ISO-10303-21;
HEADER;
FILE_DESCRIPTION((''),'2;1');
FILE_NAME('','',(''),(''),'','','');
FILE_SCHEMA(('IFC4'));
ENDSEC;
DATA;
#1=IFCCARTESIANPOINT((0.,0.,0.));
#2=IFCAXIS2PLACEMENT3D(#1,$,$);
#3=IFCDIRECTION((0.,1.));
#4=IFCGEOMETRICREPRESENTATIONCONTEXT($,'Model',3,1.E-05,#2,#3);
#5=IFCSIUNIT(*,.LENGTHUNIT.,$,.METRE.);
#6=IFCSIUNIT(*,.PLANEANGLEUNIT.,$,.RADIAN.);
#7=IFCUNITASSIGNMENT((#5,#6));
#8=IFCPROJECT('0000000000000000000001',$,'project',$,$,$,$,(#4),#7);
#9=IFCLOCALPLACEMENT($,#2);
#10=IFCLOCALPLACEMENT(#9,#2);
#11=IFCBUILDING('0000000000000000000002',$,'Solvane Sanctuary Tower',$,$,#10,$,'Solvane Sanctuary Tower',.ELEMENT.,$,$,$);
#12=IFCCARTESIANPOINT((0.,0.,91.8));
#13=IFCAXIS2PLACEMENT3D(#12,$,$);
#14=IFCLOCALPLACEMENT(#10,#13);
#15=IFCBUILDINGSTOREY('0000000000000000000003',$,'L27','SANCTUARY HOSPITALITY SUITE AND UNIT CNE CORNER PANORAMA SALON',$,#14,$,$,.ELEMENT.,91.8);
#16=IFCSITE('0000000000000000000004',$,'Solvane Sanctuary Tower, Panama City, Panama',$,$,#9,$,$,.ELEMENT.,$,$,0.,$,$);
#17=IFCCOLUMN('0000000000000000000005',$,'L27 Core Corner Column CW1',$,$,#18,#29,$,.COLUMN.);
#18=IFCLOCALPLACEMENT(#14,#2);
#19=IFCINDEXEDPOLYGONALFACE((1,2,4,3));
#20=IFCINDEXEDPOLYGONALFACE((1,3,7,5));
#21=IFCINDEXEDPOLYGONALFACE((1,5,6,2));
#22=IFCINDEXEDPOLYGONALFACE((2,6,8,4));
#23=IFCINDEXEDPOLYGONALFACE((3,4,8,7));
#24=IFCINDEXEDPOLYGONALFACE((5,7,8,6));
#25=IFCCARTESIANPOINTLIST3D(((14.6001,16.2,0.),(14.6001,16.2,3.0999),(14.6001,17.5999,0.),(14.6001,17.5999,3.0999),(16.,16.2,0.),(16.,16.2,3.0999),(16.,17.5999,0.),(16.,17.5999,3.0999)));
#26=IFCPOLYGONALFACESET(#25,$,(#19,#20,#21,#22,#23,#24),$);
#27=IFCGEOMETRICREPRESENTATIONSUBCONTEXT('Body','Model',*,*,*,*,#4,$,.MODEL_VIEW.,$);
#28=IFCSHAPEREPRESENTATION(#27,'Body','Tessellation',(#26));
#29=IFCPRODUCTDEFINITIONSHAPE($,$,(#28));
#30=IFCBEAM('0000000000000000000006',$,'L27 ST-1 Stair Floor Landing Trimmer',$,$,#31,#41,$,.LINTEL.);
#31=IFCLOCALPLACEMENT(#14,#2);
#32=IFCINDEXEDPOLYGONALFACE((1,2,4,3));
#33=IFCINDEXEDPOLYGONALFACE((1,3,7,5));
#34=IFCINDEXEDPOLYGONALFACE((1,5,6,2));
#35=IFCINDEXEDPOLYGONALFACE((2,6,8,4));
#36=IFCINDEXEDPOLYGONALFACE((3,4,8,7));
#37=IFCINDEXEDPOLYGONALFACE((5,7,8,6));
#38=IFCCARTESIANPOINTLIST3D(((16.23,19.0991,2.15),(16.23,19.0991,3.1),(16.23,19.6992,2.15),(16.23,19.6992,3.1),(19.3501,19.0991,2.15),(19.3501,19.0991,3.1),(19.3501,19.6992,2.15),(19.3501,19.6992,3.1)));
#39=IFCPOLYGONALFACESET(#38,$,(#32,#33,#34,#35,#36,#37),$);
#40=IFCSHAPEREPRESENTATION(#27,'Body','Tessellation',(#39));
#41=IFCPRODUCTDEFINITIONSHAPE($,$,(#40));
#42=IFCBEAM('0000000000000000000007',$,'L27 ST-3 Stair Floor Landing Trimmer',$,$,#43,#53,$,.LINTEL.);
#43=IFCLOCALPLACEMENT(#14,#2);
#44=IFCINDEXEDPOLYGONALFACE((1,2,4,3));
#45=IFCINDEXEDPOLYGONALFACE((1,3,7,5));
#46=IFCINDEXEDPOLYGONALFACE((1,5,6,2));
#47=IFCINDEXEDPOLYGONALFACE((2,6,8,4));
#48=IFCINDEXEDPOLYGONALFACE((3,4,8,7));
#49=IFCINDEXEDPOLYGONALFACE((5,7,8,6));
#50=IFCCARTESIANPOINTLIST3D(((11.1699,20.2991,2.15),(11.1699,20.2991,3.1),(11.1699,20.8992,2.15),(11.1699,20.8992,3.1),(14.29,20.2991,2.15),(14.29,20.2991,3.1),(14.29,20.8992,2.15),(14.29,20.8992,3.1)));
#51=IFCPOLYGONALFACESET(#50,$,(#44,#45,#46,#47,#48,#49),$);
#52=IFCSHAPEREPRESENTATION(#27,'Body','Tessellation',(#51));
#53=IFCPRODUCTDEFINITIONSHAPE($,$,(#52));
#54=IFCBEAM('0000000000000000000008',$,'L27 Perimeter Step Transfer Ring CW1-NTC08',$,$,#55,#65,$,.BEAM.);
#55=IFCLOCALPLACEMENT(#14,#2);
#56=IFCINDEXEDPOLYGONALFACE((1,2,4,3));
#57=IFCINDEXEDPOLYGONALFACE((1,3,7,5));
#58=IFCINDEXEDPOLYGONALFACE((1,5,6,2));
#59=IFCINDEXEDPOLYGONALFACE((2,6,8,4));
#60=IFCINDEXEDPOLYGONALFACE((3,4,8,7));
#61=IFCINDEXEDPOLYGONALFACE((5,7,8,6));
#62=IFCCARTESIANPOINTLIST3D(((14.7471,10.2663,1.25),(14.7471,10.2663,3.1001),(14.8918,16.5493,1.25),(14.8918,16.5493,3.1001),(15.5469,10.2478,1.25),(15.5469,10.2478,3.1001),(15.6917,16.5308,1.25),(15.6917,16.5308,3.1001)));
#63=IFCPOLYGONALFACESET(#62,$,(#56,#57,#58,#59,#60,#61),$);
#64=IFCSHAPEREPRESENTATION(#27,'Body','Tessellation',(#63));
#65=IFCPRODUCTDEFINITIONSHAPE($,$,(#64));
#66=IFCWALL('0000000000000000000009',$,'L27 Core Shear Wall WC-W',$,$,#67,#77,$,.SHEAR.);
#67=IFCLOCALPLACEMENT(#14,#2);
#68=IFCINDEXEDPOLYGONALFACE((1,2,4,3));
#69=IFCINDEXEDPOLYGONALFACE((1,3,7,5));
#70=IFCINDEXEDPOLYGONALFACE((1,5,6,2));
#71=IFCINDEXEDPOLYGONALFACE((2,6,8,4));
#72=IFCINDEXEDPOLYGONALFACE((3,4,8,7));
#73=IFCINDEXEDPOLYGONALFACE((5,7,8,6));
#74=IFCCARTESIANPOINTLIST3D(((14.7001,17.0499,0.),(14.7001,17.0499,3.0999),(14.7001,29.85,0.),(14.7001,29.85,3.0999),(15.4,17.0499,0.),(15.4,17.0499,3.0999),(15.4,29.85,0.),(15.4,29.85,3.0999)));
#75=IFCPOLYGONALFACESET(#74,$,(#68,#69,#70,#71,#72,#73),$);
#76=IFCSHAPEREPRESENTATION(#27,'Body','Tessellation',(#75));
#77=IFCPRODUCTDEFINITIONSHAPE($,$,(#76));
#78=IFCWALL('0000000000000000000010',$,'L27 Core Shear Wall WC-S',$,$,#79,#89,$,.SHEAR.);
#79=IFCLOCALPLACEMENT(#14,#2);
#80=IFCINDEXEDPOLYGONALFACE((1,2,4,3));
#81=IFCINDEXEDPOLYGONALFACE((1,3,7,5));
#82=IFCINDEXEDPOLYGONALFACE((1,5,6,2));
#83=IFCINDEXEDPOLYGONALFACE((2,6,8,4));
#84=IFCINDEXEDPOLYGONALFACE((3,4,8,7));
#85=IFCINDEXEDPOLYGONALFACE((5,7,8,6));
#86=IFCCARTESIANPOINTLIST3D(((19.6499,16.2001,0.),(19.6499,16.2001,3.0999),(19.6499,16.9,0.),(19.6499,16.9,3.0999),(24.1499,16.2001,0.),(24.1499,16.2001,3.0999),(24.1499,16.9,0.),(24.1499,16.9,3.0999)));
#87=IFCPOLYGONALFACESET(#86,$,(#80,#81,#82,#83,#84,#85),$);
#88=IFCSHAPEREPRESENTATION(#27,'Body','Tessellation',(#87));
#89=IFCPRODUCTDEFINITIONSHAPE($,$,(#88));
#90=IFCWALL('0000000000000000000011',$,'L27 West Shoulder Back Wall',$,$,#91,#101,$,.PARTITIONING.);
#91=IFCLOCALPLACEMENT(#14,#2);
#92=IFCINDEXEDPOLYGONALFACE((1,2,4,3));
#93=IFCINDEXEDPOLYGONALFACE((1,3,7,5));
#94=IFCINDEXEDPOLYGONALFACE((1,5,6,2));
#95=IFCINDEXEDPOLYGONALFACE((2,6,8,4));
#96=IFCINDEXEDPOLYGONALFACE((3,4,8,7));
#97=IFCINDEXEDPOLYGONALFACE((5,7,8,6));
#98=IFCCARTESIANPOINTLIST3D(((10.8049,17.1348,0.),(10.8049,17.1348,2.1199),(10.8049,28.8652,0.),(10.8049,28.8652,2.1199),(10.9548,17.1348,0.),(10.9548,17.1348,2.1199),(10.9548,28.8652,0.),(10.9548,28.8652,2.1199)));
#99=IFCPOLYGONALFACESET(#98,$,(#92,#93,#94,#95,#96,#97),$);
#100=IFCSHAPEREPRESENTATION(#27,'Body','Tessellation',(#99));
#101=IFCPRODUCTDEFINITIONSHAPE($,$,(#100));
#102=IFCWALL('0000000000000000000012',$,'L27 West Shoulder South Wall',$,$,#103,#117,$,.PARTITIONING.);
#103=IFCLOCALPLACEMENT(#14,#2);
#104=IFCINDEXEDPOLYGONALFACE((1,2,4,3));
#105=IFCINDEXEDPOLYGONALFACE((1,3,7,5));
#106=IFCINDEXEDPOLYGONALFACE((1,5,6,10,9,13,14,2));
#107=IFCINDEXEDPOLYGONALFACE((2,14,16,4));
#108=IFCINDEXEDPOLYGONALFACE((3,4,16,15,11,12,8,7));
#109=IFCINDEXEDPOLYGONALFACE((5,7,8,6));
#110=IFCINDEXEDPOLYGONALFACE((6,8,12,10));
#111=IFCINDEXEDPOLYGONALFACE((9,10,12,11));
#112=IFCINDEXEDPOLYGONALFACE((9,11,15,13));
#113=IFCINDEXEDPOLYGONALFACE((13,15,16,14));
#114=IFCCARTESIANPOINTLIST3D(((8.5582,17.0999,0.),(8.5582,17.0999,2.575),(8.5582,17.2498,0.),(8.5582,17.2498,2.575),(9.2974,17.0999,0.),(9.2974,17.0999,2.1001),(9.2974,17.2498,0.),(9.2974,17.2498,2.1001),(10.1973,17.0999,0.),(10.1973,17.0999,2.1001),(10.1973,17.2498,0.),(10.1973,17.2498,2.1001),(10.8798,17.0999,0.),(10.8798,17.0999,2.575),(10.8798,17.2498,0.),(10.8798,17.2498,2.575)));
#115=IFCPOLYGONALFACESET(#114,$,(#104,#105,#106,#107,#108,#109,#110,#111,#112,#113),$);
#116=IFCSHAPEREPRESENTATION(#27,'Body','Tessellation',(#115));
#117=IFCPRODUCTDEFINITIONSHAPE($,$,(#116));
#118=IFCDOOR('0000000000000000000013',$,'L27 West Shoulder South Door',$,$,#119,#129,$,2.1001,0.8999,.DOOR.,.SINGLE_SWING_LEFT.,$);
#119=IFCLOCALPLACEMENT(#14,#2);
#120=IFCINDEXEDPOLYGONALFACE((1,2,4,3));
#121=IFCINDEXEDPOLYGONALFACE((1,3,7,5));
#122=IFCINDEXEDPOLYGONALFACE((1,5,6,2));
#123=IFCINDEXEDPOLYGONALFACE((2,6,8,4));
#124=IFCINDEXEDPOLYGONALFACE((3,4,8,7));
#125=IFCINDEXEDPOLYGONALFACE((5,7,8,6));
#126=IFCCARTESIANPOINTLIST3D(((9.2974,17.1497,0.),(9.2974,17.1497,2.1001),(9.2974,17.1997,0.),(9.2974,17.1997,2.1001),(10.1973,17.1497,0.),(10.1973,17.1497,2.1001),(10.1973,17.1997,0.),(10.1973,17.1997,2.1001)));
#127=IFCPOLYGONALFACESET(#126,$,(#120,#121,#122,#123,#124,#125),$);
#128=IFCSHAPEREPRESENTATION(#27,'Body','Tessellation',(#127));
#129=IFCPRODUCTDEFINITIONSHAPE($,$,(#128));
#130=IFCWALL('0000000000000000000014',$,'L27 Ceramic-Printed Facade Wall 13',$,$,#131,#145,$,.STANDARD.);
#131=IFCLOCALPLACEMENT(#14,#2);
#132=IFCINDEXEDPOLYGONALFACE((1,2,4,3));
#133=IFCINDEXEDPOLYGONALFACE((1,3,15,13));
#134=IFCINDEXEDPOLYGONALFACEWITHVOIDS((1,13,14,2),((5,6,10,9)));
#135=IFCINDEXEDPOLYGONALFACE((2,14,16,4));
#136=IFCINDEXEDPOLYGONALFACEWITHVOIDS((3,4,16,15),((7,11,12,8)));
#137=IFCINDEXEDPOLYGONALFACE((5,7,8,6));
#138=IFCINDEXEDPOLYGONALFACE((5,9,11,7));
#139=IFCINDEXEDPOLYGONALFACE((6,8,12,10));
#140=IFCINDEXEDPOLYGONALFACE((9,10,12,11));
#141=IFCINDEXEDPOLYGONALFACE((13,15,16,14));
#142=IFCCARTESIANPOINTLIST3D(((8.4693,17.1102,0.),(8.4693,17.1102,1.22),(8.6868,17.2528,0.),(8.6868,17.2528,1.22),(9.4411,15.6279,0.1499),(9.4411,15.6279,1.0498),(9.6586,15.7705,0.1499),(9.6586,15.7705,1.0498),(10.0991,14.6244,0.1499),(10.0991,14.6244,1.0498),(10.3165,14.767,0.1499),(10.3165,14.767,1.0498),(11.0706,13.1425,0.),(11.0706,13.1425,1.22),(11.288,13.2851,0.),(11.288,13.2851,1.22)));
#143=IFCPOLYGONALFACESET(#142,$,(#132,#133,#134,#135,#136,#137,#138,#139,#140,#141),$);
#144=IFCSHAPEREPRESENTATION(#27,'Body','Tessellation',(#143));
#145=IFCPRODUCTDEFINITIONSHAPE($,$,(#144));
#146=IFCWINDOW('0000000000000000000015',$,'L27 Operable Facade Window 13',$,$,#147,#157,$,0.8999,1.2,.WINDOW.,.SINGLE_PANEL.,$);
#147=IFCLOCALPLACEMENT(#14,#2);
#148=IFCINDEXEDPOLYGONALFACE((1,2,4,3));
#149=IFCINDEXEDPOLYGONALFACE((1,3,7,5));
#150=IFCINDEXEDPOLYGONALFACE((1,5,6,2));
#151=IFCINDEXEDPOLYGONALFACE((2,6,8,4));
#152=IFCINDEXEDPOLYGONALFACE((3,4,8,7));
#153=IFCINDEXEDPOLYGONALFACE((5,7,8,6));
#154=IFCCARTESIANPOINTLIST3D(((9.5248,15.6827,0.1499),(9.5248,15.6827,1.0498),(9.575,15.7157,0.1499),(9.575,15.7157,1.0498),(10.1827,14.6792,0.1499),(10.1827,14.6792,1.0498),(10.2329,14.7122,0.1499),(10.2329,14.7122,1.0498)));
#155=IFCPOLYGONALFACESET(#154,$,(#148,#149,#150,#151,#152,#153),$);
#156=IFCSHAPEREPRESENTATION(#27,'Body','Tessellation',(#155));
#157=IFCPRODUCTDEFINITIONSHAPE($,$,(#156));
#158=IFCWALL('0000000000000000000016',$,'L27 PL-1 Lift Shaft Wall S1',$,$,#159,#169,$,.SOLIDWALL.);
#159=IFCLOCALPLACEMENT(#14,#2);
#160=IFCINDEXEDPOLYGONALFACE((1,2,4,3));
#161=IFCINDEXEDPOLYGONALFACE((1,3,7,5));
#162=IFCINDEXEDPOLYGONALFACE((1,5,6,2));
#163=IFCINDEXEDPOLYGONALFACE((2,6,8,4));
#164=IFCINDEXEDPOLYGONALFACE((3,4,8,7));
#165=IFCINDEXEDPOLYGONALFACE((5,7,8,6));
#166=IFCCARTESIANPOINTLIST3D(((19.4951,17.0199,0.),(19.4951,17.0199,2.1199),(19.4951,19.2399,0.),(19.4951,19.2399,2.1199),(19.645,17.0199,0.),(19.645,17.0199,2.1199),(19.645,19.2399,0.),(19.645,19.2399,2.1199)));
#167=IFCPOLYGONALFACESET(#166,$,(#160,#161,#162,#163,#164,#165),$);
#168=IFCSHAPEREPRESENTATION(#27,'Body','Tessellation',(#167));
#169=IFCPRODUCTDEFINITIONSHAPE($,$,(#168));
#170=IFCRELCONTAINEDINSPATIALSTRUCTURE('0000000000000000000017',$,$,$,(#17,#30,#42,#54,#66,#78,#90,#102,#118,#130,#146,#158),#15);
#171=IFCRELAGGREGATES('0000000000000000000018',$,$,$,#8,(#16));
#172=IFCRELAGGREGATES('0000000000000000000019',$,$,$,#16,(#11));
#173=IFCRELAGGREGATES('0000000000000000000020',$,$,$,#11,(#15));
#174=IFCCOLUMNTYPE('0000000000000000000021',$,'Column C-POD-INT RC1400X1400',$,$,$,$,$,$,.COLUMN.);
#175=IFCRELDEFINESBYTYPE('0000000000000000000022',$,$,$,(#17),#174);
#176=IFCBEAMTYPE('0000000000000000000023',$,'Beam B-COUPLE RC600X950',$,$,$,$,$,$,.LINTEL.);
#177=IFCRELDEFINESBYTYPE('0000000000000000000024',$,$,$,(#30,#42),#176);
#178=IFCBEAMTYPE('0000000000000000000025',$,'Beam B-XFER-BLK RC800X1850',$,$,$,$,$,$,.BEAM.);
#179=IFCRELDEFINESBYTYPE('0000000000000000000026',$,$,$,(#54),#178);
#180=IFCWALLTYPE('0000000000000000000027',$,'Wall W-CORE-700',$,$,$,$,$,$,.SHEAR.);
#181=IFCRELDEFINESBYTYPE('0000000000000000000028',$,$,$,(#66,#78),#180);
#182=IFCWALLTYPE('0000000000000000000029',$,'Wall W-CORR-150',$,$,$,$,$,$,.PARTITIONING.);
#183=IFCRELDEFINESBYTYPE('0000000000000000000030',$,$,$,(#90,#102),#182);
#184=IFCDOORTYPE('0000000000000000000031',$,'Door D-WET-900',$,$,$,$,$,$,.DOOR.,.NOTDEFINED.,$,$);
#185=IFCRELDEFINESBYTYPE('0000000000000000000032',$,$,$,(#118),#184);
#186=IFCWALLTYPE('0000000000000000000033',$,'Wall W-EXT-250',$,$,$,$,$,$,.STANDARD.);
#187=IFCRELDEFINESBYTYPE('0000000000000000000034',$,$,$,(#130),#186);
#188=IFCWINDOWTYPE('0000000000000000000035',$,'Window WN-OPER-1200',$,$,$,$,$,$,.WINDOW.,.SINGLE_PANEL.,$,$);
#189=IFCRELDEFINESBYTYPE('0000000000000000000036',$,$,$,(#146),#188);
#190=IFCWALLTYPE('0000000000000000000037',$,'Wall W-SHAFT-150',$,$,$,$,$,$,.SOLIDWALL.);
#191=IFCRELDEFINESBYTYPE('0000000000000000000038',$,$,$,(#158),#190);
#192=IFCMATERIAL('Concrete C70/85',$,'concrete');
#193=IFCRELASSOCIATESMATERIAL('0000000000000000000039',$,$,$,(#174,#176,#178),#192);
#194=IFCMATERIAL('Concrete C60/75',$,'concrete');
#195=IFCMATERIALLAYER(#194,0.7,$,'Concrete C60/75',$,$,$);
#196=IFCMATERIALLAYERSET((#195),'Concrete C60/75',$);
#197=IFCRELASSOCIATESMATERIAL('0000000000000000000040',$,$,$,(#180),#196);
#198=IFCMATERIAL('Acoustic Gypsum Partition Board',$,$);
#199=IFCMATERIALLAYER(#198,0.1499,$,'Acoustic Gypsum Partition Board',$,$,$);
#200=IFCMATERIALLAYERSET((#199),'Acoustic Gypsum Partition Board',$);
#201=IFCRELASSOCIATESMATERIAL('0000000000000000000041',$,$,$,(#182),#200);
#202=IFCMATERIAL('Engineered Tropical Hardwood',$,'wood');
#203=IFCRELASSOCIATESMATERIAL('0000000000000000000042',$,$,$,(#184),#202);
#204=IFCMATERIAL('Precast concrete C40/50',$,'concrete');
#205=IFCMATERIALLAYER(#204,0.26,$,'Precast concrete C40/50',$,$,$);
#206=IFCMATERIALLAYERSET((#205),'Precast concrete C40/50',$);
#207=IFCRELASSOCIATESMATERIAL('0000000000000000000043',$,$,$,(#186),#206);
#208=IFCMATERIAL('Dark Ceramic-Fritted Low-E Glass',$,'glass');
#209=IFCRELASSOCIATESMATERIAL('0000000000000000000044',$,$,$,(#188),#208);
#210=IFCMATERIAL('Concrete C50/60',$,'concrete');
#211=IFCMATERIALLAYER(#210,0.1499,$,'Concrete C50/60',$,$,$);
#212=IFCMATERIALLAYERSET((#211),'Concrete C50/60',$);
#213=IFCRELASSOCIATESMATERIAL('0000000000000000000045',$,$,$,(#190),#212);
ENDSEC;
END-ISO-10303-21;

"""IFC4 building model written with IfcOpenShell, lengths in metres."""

from ifc_helpers import new_model, si_unit, direction, frame, frame_2d, origin, origin_2d, place, context, subcontext, project, spatial, rectangle, extrude, material, layer, layer_set, material_profile, profile_set, type_object, element, fill, save


model = new_model("IFC4")

# Units and contexts
model_context = context("Model", 3, precision=1e-05, world=origin(), true_north=direction((0.0, 1.0)))
body_context = subcontext(model_context, "Body", "Model", "MODEL_VIEW")
ifc_project = project(units=[si_unit("LENGTHUNIT", "METRE"), si_unit("PLANEANGLEUNIT", "RADIAN")], contexts=[model_context])

# Site, building, storey
site_placement = place(None, origin())
site = spatial("IfcSite", under=ifc_project, at=site_placement, Name="Solvane Sanctuary Tower, Panama City, Panama", CompositionType="ELEMENT", RefElevation=0.0)
building_placement = place(site_placement, origin())
building = spatial("IfcBuilding", under=site, at=building_placement, Name="Solvane Sanctuary Tower", LongName="Solvane Sanctuary Tower", CompositionType="ELEMENT")
storey_placement = place(building_placement, frame((0.0, 0.0, 91.8)))
storey = spatial("IfcBuildingStorey", under=building, at=storey_placement, Name="L27", Description="SANCTUARY HOSPITALITY SUITE AND UNIT CNE CORNER PANORAMA SALON", CompositionType="ELEMENT", Elevation=91.8)

# Column
ifc_material_1 = material(Name="Concrete C70/85", Category="concrete")
ifc_material_profile_1 = material_profile(ifc_material_1, rectangle(XDim=1.3999, YDim=1.3999, at=origin_2d()), Name="RC1400X1400")
ifc_profile_set_1 = profile_set([ifc_material_profile_1], Name="Concrete C70/85")
column_type = type_object("IfcColumnType", Name="Column C-POD-INT RC1400X1400", PredefinedType="COLUMN", material=ifc_profile_set_1)
column_placement = place(storey_placement, frame((15.3, 16.8999, 0.0), z_axis=(0.0, 0.0, 1.0), x_axis=(1.0, 0.0, 0.0)))
element("IfcColumn", 1, at=column_placement, inside=storey, type_object=column_type, Name="L27 Core Corner Column CW1", PredefinedType="COLUMN", context=body_context, shape_type="SweptSolid", body=[
    extrude(rectangle(XDim=1.3999, YDim=1.3999, at=origin_2d()), origin(), (0.0, 0.0, 1.0), 3.0999),
])

# Beams
ifc_material_profile_2 = material_profile(ifc_material_1, rectangle(XDim=0.6001, YDim=0.95, at=origin_2d()), Name="RC600X950")
ifc_profile_set_2 = profile_set([ifc_material_profile_2], Name="Concrete C70/85")
beam_type_1 = type_object("IfcBeamType", Name="Beam B-COUPLE RC600X950", PredefinedType="LINTEL", material=ifc_profile_set_2)
for number, where, z_axis, x_axis, name in (
    (2, (16.23, 19.3992, 2.625), (1.0, 0.0, 0.0), (0.0, 1.0, 0.0), "L27 ST-1 Stair Floor Landing Trimmer"),
    (3, (11.1699, 20.5991, 2.625), (1.0, 0.0, 0.0), (0.0, 1.0, 0.0), "L27 ST-3 Stair Floor Landing Trimmer"),
):
    element("IfcBeam", number, at=place(storey_placement, frame(where, z_axis=z_axis, x_axis=x_axis)), inside=storey, type_object=beam_type_1, Name=name, PredefinedType="LINTEL", context=body_context, shape_type="SweptSolid", body=[
        extrude(rectangle(XDim=0.6001, YDim=0.95, at=origin_2d()), origin(), (0.0, 0.0, 1.0), 3.1201),
    ])
ifc_material_profile_3 = material_profile(ifc_material_1, rectangle(XDim=0.8, YDim=1.8501, at=origin_2d()), Name="RC800X1850")
ifc_profile_set_3 = profile_set([ifc_material_profile_3], Name="Concrete C70/85")
beam_type_2 = type_object("IfcBeamType", Name="Beam B-XFER-BLK RC800X1850", PredefinedType="BEAM", material=ifc_profile_set_3)
beam_placement = place(storey_placement, frame((15.2917, 16.54, 2.175), z_axis=(-0.023036, -0.999735, 0.0), x_axis=(0.999735, -0.023036, 0.0)))
element("IfcBeam", 4, at=beam_placement, inside=storey, type_object=beam_type_2, Name="L27 Perimeter Step Transfer Ring CW1-NTC08", PredefinedType="BEAM", context=body_context, shape_type="SweptSolid", body=[
    extrude(rectangle(XDim=0.8, YDim=1.8501, at=origin_2d()), origin(), (0.0, 0.0, 1.0), 6.2847),
])

# Walls
ifc_material_2 = material(Name="Concrete C60/75", Category="concrete")
ifc_layer_1 = layer(ifc_material_2, 0.7, Name="Concrete C60/75")
ifc_layer_set_1 = layer_set([ifc_layer_1], Name="Concrete C60/75")
wall_type_1 = type_object("IfcWallType", Name="Wall W-CORE-700", PredefinedType="SHEAR", material=ifc_layer_set_1)
wall_1_placement = place(storey_placement, frame((15.05, 17.05, 0.0), z_axis=(0.0, 0.0, 1.0), x_axis=(0.0, 1.0, 0.0)))
element("IfcWall", 5, at=wall_1_placement, inside=storey, type_object=wall_type_1, Name="L27 Core Shear Wall WC-W", PredefinedType="SHEAR", context=body_context, shape_type="SweptSolid", body=[
    extrude(rectangle(XDim=12.8, YDim=0.7, at=frame_2d((6.3999, 0.0))), origin(), (0.0, 0.0, 1.0), 3.0999),
])
wall_2_placement = place(storey_placement, frame((19.6499, 16.55, 0.0), z_axis=(0.0, 0.0, 1.0), x_axis=(1.0, 0.0, 0.0)))
element("IfcWall", 6, at=wall_2_placement, inside=storey, type_object=wall_type_1, Name="L27 Core Shear Wall WC-S", PredefinedType="SHEAR", context=body_context, shape_type="SweptSolid", body=[
    extrude(rectangle(XDim=4.5, YDim=0.7, at=frame_2d((2.25, 0.0))), origin(), (0.0, 0.0, 1.0), 3.0999),
])
ifc_material_3 = material(Name="Acoustic Gypsum Partition Board")
ifc_layer_2 = layer(ifc_material_3, 0.1499, Name="Acoustic Gypsum Partition Board")
ifc_layer_set_2 = layer_set([ifc_layer_2], Name="Acoustic Gypsum Partition Board")
wall_type_2 = type_object("IfcWallType", Name="Wall W-CORR-150", PredefinedType="PARTITIONING", material=ifc_layer_set_2)
wall_3_placement = place(storey_placement, frame((10.8799, 17.1348, 0.0), z_axis=(0.0, 0.0, 1.0), x_axis=(0.0, 1.0, 0.0)))
element("IfcWall", 7, at=wall_3_placement, inside=storey, type_object=wall_type_2, Name="L27 West Shoulder Back Wall", PredefinedType="PARTITIONING", context=body_context, shape_type="SweptSolid", body=[
    extrude(rectangle(XDim=11.7305, YDim=0.1499, at=frame_2d((5.8652, 0.0))), origin(), (0.0, 0.0, 1.0), 2.1199),
])

# Wall, opening, door
wall_4_placement = place(storey_placement, frame((8.5583, 17.1748, 0.0), z_axis=(0.0, 0.0, 1.0), x_axis=(1.0, 0.0, 0.0)))
wall_4 = element("IfcWall", 8, at=wall_4_placement, inside=storey, type_object=wall_type_2, Name="L27 West Shoulder South Wall", PredefinedType="PARTITIONING", context=body_context, shape_type="SweptSolid", body=[
    extrude(rectangle(XDim=2.3215, YDim=0.1499, at=frame_2d((1.1606, 0.0))), origin(), (0.0, 0.0, 1.0), 2.575),
])
opening_1_placement = place(wall_4_placement, frame((0.739, 0.0, 0.0)))
opening_1 = element("IfcOpeningElement", 9, at=opening_1_placement, cuts=wall_4, PredefinedType="OPENING", context=body_context, shape_type="SweptSolid", body=[
    extrude(rectangle(XDim=0.8999, YDim=2.1001, at=frame_2d((0.45, 1.05))), frame((0.0, 0.085, 0.0), z_axis=(0.0, -1.0, 0.0), x_axis=(1.0, 0.0, 0.0)), (0.0, 0.0, 1.0), 0.1699),
])
ifc_material_4 = material(Name="Engineered Tropical Hardwood", Category="wood")
door_type_1 = type_object("IfcDoorType", Name="Door D-WET-900", OperationType="NOTDEFINED", PredefinedType="DOOR", material=ifc_material_4)
door_1_placement = place(opening_1_placement, origin())
door_1 = element("IfcDoor", 10, at=door_1_placement, inside=storey, type_object=door_type_1, Name="L27 West Shoulder South Door", OperationType="SINGLE_SWING_LEFT", OverallHeight=2.1001, OverallWidth=0.8999, PredefinedType="DOOR", context=body_context, shape_type="SweptSolid", body=[
    extrude(rectangle(XDim=0.8999, YDim=2.1001, at=frame_2d((0.45, 1.05))), frame((0.0, 0.0249, 0.0), z_axis=(0.0, -1.0, 0.0), x_axis=(1.0, 0.0, 0.0)), (0.0, 0.0, 1.0), 0.05),
])
fill(opening_1, door_1)

# Wall, opening, window
ifc_material_5 = material(Name="Precast concrete C40/50", Category="concrete")
ifc_layer_3 = layer(ifc_material_5, 0.26, Name="Precast concrete C40/50")
ifc_layer_set_3 = layer_set([ifc_layer_3], Name="Precast concrete C40/50")
wall_type_3 = type_object("IfcWallType", Name="Wall W-EXT-250", PredefinedType="STANDARD", material=ifc_layer_set_3)
wall_5_placement = place(storey_placement, frame((8.5781, 17.1814, 0.0), z_axis=(0.0, 0.0, 1.0), x_axis=(0.548283, -0.836293, 0.0)))
wall_5 = element("IfcWall", 11, at=wall_5_placement, inside=storey, type_object=wall_type_3, Name="L27 Ceramic-Printed Facade Wall 13", PredefinedType="STANDARD", context=body_context, shape_type="SweptSolid", body=[
    extrude(rectangle(XDim=4.7444, YDim=0.26, at=frame_2d((2.3721, 0.0))), origin(), (0.0, 0.0, 1.0), 1.22),
])
opening_2_placement = place(wall_5_placement, frame((1.7722, 0.0, 0.1499)))
opening_2 = element("IfcOpeningElement", 12, at=opening_2_placement, cuts=wall_5, PredefinedType="OPENING", context=body_context, shape_type="SweptSolid", body=[
    extrude(rectangle(XDim=1.2, YDim=0.8999, at=frame_2d((0.6001, 0.45))), frame((0.0, 0.1399, 0.0), z_axis=(0.0, -1.0, 0.0), x_axis=(1.0, 0.0, 0.0)), (0.0, 0.0, 1.0), 0.28),
])
ifc_material_6 = material(Name="Dark Ceramic-Fritted Low-E Glass", Category="glass")
window_type = type_object("IfcWindowType", Name="Window WN-OPER-1200", PartitioningType="SINGLE_PANEL", PredefinedType="WINDOW", material=ifc_material_6)
window_placement = place(opening_2_placement, origin())
window = element("IfcWindow", 13, at=window_placement, inside=storey, type_object=window_type, Name="L27 Operable Facade Window 13", OverallHeight=0.8999, OverallWidth=1.2, PartitioningType="SINGLE_PANEL", PredefinedType="WINDOW", context=body_context, shape_type="SweptSolid", body=[
    extrude(rectangle(XDim=1.2, YDim=0.8999, at=frame_2d((0.6001, 0.45))), frame((0.0, 0.03, 0.0), z_axis=(0.0, -1.0, 0.0), x_axis=(1.0, 0.0, 0.0)), (0.0, 0.0, 1.0), 0.0601),
])
fill(opening_2, window)

# Wall
ifc_material_7 = material(Name="Concrete C50/60", Category="concrete")
ifc_layer_4 = layer(ifc_material_7, 0.1499, Name="Concrete C50/60")
ifc_layer_set_4 = layer_set([ifc_layer_4], Name="Concrete C50/60")
wall_type_4 = type_object("IfcWallType", Name="Wall W-SHAFT-150", PredefinedType="SOLIDWALL", material=ifc_layer_set_4)
wall_6_placement = place(storey_placement, frame((19.5701, 17.02, 0.0), z_axis=(0.0, 0.0, 1.0), x_axis=(0.0, 1.0, 0.0)))
element("IfcWall", 14, at=wall_6_placement, inside=storey, type_object=wall_type_4, Name="L27 PL-1 Lift Shaft Wall S1", PredefinedType="SOLIDWALL", context=body_context, shape_type="SweptSolid", body=[
    extrude(rectangle(XDim=2.22, YDim=0.1499, at=frame_2d((1.1099, 0.0))), origin(), (0.0, 0.0, 1.0), 2.1199),
])

save(model, "model.ifc")
